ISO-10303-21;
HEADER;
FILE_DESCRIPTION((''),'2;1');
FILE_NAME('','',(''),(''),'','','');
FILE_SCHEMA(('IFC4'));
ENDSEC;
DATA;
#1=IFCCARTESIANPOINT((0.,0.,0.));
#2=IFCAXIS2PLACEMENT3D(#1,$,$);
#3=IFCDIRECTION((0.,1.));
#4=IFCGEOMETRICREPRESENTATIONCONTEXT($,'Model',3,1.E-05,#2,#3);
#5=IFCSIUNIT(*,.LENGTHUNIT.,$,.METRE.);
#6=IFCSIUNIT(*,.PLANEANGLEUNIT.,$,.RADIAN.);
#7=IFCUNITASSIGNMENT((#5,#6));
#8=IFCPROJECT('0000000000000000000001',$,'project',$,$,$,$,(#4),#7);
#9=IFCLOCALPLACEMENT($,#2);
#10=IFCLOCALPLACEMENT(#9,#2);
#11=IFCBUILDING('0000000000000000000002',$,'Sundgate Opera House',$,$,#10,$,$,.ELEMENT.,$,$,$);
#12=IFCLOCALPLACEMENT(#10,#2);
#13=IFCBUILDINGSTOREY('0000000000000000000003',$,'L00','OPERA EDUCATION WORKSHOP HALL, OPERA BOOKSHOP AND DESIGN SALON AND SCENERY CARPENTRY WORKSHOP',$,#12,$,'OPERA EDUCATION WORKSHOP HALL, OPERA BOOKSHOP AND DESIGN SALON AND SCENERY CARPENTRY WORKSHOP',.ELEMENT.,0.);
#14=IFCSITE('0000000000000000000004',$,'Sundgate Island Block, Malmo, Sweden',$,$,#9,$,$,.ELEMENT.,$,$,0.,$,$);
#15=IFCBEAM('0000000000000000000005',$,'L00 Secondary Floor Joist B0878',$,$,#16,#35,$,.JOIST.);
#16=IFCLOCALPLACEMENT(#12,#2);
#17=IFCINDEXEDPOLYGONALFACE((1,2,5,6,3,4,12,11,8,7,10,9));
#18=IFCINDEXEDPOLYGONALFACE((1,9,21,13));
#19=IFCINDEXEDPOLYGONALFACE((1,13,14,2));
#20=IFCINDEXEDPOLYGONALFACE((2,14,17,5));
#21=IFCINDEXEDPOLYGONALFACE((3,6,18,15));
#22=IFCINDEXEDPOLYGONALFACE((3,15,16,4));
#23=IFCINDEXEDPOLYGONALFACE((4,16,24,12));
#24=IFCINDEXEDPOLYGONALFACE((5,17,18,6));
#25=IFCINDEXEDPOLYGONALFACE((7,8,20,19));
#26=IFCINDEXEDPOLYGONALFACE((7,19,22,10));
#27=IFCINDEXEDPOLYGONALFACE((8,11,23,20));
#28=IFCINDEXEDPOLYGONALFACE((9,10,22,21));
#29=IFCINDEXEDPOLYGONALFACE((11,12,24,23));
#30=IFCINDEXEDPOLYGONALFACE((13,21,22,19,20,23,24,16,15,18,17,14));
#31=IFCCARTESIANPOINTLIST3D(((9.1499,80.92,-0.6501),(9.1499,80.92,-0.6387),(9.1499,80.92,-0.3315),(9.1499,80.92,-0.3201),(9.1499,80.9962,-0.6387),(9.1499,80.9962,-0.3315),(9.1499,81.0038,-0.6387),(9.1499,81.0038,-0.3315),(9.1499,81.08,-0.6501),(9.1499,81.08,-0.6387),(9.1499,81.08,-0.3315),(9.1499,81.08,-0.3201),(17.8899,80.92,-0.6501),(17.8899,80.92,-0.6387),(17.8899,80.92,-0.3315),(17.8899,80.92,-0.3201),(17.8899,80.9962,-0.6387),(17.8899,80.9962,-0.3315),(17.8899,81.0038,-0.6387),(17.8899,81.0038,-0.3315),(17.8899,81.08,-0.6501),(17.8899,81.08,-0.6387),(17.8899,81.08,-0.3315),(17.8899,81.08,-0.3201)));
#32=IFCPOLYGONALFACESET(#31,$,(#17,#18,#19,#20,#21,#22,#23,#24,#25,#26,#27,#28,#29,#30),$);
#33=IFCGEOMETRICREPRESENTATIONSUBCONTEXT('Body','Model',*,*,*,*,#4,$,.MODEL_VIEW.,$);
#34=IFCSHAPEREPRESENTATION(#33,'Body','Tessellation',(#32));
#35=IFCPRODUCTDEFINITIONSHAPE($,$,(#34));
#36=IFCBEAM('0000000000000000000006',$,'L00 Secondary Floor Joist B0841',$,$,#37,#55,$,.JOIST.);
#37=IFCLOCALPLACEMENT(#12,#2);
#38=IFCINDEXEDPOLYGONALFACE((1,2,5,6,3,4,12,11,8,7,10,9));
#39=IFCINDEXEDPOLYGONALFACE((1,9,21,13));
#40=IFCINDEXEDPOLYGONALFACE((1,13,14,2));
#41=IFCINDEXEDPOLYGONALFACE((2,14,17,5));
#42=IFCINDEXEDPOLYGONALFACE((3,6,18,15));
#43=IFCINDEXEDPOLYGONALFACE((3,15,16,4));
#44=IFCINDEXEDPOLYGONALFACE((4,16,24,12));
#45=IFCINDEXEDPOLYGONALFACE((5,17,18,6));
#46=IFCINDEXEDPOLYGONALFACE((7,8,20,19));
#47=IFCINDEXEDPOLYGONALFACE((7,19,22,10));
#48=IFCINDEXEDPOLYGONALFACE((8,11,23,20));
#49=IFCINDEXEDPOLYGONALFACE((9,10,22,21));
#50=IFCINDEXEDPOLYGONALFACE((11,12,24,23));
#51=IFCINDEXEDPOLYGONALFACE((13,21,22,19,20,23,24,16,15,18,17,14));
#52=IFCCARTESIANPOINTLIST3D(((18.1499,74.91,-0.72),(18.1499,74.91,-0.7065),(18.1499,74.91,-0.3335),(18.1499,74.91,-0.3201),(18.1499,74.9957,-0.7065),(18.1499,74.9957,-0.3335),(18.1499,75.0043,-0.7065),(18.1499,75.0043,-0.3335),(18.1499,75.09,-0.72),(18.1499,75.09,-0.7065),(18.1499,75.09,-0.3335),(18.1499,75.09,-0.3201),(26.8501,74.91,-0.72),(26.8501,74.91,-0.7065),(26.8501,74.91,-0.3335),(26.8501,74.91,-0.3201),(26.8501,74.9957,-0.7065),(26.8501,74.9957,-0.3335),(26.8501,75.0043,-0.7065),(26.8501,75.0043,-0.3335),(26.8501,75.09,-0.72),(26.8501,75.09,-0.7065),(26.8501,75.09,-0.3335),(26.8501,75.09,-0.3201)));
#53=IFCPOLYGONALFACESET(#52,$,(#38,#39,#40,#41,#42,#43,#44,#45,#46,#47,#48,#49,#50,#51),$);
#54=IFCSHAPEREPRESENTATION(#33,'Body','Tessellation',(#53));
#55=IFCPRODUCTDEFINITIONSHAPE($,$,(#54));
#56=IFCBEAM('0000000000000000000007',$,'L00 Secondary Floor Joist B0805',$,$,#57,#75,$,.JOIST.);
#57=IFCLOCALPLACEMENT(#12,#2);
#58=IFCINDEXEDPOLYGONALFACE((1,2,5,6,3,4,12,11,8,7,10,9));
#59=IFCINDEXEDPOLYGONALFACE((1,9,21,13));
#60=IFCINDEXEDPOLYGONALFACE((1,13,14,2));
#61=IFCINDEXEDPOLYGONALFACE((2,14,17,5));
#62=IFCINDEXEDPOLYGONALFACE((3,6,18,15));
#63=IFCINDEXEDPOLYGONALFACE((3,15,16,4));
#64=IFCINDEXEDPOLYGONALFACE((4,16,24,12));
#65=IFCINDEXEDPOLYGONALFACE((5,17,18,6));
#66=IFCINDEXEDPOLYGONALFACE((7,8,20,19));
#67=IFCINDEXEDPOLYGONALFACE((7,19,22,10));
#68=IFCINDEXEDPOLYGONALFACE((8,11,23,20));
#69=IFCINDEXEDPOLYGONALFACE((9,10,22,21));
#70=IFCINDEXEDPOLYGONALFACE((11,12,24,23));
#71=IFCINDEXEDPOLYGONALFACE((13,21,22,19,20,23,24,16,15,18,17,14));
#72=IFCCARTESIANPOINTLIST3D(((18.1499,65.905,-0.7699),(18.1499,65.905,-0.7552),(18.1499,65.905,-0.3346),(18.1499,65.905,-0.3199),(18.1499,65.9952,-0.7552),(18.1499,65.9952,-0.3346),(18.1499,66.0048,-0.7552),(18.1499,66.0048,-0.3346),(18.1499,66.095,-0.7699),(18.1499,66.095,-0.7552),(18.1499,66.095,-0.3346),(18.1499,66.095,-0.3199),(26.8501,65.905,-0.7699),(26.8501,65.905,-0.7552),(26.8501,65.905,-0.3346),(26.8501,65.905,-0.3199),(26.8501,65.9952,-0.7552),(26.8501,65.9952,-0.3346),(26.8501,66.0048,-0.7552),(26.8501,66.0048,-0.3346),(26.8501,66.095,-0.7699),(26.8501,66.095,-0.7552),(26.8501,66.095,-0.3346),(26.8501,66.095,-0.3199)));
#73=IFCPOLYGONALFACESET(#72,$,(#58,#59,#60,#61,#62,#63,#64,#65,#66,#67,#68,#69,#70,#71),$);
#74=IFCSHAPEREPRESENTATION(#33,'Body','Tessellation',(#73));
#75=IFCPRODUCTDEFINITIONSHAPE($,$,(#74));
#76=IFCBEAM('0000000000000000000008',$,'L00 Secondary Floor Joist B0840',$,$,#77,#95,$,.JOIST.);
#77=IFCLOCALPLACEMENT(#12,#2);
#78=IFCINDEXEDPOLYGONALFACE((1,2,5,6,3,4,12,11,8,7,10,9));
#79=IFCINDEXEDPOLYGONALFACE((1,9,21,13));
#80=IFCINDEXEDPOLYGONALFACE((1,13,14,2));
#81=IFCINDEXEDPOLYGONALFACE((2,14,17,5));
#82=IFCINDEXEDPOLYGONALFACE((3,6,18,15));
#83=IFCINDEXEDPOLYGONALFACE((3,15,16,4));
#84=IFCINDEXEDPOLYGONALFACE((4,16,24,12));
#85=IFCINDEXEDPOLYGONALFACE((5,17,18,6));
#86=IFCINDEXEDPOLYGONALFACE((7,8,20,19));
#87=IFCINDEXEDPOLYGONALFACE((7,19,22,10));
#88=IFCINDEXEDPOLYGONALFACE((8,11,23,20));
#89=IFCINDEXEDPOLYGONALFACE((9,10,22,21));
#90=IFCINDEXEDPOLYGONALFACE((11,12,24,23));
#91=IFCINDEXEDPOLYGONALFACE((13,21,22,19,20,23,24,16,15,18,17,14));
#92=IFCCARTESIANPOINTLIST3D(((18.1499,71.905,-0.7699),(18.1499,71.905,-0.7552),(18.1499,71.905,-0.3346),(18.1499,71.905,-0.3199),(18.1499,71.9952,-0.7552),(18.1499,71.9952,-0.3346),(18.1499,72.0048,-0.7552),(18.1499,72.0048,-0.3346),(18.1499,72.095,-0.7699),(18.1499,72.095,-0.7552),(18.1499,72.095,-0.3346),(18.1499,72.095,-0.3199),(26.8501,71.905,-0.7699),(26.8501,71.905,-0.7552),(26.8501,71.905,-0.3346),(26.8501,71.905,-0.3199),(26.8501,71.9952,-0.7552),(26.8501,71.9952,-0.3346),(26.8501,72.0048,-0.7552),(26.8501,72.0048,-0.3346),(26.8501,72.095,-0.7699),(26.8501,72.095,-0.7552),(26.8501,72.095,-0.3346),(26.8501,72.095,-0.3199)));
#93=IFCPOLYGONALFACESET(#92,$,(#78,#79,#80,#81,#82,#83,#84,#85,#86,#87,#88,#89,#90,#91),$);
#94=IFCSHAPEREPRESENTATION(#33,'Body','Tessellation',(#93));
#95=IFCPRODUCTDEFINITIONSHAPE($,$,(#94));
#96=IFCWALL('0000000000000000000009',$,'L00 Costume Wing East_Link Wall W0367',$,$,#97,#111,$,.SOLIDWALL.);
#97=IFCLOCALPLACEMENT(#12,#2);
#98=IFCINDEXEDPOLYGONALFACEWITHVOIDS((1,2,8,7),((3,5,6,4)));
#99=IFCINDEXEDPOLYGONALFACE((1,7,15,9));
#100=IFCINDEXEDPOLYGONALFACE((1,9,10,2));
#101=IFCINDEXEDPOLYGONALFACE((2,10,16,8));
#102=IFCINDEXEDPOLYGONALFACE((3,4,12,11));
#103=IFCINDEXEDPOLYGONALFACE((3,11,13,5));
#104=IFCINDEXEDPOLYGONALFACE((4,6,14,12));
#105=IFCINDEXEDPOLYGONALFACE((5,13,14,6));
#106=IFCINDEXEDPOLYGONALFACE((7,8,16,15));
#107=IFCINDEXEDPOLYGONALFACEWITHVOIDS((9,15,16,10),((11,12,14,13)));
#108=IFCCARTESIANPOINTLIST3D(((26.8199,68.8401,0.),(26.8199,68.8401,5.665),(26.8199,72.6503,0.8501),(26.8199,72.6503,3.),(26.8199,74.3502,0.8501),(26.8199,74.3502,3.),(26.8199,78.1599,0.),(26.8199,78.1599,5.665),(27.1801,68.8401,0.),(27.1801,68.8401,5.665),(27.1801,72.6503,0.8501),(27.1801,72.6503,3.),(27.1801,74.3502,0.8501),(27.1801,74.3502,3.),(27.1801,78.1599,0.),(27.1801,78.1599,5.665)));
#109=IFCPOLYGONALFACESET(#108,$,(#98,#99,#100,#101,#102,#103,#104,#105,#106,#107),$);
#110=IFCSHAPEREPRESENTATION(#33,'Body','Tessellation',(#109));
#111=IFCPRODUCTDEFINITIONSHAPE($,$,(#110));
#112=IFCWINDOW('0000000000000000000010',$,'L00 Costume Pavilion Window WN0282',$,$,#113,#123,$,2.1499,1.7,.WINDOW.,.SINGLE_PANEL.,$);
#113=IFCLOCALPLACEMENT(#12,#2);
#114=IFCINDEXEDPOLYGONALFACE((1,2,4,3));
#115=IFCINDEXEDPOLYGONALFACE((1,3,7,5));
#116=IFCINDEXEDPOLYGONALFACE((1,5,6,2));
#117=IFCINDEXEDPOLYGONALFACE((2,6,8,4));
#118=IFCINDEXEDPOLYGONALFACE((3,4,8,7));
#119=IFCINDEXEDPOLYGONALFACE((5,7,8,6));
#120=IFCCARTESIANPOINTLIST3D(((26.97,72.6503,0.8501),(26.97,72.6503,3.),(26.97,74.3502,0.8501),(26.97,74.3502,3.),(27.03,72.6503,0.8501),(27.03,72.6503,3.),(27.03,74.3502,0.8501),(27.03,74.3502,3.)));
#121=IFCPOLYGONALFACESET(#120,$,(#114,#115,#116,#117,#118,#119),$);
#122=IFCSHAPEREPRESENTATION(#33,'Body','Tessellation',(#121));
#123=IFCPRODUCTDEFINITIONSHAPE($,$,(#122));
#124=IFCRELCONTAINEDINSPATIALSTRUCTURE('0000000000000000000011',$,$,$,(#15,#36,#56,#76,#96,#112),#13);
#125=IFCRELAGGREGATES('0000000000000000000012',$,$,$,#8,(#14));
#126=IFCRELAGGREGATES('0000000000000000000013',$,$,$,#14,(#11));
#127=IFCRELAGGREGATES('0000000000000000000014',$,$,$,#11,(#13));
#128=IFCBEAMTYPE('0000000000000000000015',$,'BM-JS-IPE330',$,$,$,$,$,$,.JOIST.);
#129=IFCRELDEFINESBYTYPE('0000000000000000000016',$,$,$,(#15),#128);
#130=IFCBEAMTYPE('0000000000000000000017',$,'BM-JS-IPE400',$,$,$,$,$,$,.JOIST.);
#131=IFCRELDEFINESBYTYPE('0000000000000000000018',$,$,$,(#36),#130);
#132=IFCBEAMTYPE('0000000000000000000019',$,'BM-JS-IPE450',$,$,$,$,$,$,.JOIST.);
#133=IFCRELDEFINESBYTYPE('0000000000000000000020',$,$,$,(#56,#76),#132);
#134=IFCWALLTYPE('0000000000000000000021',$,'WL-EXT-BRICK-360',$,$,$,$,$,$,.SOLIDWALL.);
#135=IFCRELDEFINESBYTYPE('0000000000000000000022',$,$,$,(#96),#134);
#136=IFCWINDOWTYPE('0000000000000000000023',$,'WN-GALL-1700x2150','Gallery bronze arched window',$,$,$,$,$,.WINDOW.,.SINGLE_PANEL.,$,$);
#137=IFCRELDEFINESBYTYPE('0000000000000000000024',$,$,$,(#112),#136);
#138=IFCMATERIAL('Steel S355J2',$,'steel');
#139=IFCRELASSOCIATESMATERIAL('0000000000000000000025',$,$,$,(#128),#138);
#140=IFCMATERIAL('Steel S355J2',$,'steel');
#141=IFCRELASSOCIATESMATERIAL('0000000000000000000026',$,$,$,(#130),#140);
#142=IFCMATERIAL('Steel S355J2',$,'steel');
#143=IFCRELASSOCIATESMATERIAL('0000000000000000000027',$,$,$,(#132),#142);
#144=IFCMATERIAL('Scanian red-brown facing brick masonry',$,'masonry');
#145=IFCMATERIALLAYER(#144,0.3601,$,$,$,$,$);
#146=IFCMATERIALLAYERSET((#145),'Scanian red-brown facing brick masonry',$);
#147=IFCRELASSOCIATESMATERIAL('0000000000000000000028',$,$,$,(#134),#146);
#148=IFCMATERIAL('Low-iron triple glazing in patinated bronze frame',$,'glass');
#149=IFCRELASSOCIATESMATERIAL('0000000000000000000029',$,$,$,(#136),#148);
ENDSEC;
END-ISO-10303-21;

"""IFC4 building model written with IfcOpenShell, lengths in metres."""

from ifc_helpers import new_model, si_unit, direction, frame, frame_2d, origin, origin_2d, place, context, subcontext, project, spatial, rectangle, i_section, extrude, material, layer, layer_set, material_profile, profile_set, type_object, element, fill, save


model = new_model("IFC4")

# Units and contexts
model_context = context("Model", 3, precision=1e-05, world=origin(), true_north=direction((0.0, 1.0)))
body_context = subcontext(model_context, "Body", "Model", "MODEL_VIEW")
ifc_project = project(units=[si_unit("LENGTHUNIT", "METRE"), si_unit("PLANEANGLEUNIT", "RADIAN")], contexts=[model_context])

# Site, building, storey
site_placement = place(None, origin())
site = spatial("IfcSite", under=ifc_project, at=site_placement, Name="Sundgate Island Block, Malmo, Sweden", CompositionType="ELEMENT", RefElevation=0.0)
building_placement = place(site_placement, origin())
building = spatial("IfcBuilding", under=site, at=building_placement, Name="Sundgate Opera House", CompositionType="ELEMENT")
storey_placement = place(building_placement, origin())
storey = spatial("IfcBuildingStorey", under=building, at=storey_placement, Name="L00", Description="OPERA EDUCATION WORKSHOP HALL, OPERA BOOKSHOP AND DESIGN SALON AND SCENERY CARPENTRY WORKSHOP", LongName="OPERA EDUCATION WORKSHOP HALL, OPERA BOOKSHOP AND DESIGN SALON AND SCENERY CARPENTRY WORKSHOP", CompositionType="ELEMENT", Elevation=0.0)

# Beams
ifc_material_1 = material(Name="Steel S355J2", Category="steel")
ifc_material_profile_1 = material_profile(ifc_material_1, i_section(OverallWidth=0.1599, OverallDepth=0.3301, WebThickness=0.0076, FlangeThickness=0.0115, at=origin_2d()), Name="IPE 330")
ifc_profile_set_1 = profile_set([ifc_material_profile_1], Name="Steel S355J2")
beam_type_1 = type_object("IfcBeamType", Name="BM-JS-IPE330", PredefinedType="JOIST", material=ifc_profile_set_1)
beam_1_placement = place(storey_placement, frame((9.1499, 81.0, -0.4851), z_axis=(1.0, 0.0, 0.0), x_axis=(0.0, 1.0, 0.0)))
element("IfcBeam", 1, at=beam_1_placement, inside=storey, type_object=beam_type_1, Name="L00 Secondary Floor Joist B0878", PredefinedType="JOIST", context=body_context, shape_type="SweptSolid", body=[
    extrude(i_section(OverallWidth=0.1599, OverallDepth=0.3301, WebThickness=0.0076, FlangeThickness=0.0115, at=origin_2d()), origin(), (0.0, 0.0, 1.0), 8.74),
])
ifc_material_2 = material(Name="Steel S355J2", Category="steel")
ifc_material_profile_2 = material_profile(ifc_material_2, i_section(OverallWidth=0.1799, OverallDepth=0.3999, WebThickness=0.0085, FlangeThickness=0.0134, at=origin_2d()), Name="IPE 400")
ifc_profile_set_2 = profile_set([ifc_material_profile_2], Name="Steel S355J2")
beam_type_2 = type_object("IfcBeamType", Name="BM-JS-IPE400", PredefinedType="JOIST", material=ifc_profile_set_2)
beam_2_placement = place(storey_placement, frame((18.1499, 75.0, -0.52), z_axis=(1.0, 0.0, 0.0), x_axis=(0.0, 1.0, 0.0)))
element("IfcBeam", 2, at=beam_2_placement, inside=storey, type_object=beam_type_2, Name="L00 Secondary Floor Joist B0841", PredefinedType="JOIST", context=body_context, shape_type="SweptSolid", body=[
    extrude(i_section(OverallWidth=0.1799, OverallDepth=0.3999, WebThickness=0.0085, FlangeThickness=0.0134, at=origin_2d()), origin(), (0.0, 0.0, 1.0), 8.7002),
])
ifc_material_3 = material(Name="Steel S355J2", Category="steel")
ifc_material_profile_3 = material_profile(ifc_material_3, i_section(OverallWidth=0.1899, OverallDepth=0.45, WebThickness=0.0095, FlangeThickness=0.0146, at=origin_2d()), Name="IPE 450")
ifc_profile_set_3 = profile_set([ifc_material_profile_3], Name="Steel S355J2")
beam_type_3 = type_object("IfcBeamType", Name="BM-JS-IPE450", PredefinedType="JOIST", material=ifc_profile_set_3)
for number, where, z_axis, x_axis, name in (
    (3, (18.1499, 66.0, -0.5449), (1.0, 0.0, 0.0), (0.0, 1.0, 0.0), "L00 Secondary Floor Joist B0805"),
    (4, (18.1499, 72.0, -0.5449), (1.0, 0.0, 0.0), (0.0, 1.0, 0.0), "L00 Secondary Floor Joist B0840"),
):
    element("IfcBeam", number, at=place(storey_placement, frame(where, z_axis=z_axis, x_axis=x_axis)), inside=storey, type_object=beam_type_3, Name=name, PredefinedType="JOIST", context=body_context, shape_type="SweptSolid", body=[
        extrude(i_section(OverallWidth=0.1899, OverallDepth=0.45, WebThickness=0.0095, FlangeThickness=0.0146, at=origin_2d()), origin(), (0.0, 0.0, 1.0), 8.7002),
    ])

# Wall, opening, window
ifc_material_4 = material(Name="Scanian red-brown facing brick masonry", Category="masonry")
ifc_layer = layer(ifc_material_4, 0.3601)
ifc_layer_set = layer_set([ifc_layer], Name="Scanian red-brown facing brick masonry")
wall_type = type_object("IfcWallType", Name="WL-EXT-BRICK-360", PredefinedType="SOLIDWALL", material=ifc_layer_set)
wall_placement = place(storey_placement, frame((27.0, 68.8401, 0.0), z_axis=(0.0, 0.0, 1.0), x_axis=(0.0, 1.0, 0.0)))
wall = element("IfcWall", 5, at=wall_placement, inside=storey, type_object=wall_type, Name="L00 Costume Wing East_Link Wall W0367", PredefinedType="SOLIDWALL", context=body_context, shape_type="SweptSolid", body=[
    extrude(rectangle(XDim=9.3198, YDim=0.3601, at=frame_2d((4.6599, 0.0))), origin(), (0.0, 0.0, 1.0), 5.665),
])
opening_placement = place(wall_placement, frame((3.8101, 0.0, 0.8501)))
opening = element("IfcOpeningElement", 6, at=opening_placement, cuts=wall, PredefinedType="OPENING", context=body_context, shape_type="SweptSolid", body=[
    extrude(rectangle(XDim=1.7, YDim=2.1499, at=frame_2d((0.8501, 1.075))), frame((0.0, 0.1899, 0.0), z_axis=(0.0, -1.0, 0.0), x_axis=(1.0, 0.0, 0.0)), (0.0, 0.0, 1.0), 0.3801),
])
ifc_material_5 = material(Name="Low-iron triple glazing in patinated bronze frame", Category="glass")
window_type = type_object("IfcWindowType", Name="WN-GALL-1700x2150", Description="Gallery bronze arched window", PartitioningType="SINGLE_PANEL", PredefinedType="WINDOW", material=ifc_material_5)
window_placement = place(opening_placement, origin())
window = element("IfcWindow", 7, at=window_placement, inside=storey, type_object=window_type, Name="L00 Costume Pavilion Window WN0282", OverallHeight=2.1499, OverallWidth=1.7, PartitioningType="SINGLE_PANEL", PredefinedType="WINDOW", context=body_context, shape_type="SweptSolid", body=[
    extrude(rectangle(XDim=1.7, YDim=2.1499, at=frame_2d((0.8501, 1.075))), frame((0.0, 0.03, 0.0), z_axis=(0.0, -1.0, 0.0), x_axis=(1.0, 0.0, 0.0)), (0.0, 0.0, 1.0), 0.0601),
])
fill(opening, window)

save(model, "model.ifc")
